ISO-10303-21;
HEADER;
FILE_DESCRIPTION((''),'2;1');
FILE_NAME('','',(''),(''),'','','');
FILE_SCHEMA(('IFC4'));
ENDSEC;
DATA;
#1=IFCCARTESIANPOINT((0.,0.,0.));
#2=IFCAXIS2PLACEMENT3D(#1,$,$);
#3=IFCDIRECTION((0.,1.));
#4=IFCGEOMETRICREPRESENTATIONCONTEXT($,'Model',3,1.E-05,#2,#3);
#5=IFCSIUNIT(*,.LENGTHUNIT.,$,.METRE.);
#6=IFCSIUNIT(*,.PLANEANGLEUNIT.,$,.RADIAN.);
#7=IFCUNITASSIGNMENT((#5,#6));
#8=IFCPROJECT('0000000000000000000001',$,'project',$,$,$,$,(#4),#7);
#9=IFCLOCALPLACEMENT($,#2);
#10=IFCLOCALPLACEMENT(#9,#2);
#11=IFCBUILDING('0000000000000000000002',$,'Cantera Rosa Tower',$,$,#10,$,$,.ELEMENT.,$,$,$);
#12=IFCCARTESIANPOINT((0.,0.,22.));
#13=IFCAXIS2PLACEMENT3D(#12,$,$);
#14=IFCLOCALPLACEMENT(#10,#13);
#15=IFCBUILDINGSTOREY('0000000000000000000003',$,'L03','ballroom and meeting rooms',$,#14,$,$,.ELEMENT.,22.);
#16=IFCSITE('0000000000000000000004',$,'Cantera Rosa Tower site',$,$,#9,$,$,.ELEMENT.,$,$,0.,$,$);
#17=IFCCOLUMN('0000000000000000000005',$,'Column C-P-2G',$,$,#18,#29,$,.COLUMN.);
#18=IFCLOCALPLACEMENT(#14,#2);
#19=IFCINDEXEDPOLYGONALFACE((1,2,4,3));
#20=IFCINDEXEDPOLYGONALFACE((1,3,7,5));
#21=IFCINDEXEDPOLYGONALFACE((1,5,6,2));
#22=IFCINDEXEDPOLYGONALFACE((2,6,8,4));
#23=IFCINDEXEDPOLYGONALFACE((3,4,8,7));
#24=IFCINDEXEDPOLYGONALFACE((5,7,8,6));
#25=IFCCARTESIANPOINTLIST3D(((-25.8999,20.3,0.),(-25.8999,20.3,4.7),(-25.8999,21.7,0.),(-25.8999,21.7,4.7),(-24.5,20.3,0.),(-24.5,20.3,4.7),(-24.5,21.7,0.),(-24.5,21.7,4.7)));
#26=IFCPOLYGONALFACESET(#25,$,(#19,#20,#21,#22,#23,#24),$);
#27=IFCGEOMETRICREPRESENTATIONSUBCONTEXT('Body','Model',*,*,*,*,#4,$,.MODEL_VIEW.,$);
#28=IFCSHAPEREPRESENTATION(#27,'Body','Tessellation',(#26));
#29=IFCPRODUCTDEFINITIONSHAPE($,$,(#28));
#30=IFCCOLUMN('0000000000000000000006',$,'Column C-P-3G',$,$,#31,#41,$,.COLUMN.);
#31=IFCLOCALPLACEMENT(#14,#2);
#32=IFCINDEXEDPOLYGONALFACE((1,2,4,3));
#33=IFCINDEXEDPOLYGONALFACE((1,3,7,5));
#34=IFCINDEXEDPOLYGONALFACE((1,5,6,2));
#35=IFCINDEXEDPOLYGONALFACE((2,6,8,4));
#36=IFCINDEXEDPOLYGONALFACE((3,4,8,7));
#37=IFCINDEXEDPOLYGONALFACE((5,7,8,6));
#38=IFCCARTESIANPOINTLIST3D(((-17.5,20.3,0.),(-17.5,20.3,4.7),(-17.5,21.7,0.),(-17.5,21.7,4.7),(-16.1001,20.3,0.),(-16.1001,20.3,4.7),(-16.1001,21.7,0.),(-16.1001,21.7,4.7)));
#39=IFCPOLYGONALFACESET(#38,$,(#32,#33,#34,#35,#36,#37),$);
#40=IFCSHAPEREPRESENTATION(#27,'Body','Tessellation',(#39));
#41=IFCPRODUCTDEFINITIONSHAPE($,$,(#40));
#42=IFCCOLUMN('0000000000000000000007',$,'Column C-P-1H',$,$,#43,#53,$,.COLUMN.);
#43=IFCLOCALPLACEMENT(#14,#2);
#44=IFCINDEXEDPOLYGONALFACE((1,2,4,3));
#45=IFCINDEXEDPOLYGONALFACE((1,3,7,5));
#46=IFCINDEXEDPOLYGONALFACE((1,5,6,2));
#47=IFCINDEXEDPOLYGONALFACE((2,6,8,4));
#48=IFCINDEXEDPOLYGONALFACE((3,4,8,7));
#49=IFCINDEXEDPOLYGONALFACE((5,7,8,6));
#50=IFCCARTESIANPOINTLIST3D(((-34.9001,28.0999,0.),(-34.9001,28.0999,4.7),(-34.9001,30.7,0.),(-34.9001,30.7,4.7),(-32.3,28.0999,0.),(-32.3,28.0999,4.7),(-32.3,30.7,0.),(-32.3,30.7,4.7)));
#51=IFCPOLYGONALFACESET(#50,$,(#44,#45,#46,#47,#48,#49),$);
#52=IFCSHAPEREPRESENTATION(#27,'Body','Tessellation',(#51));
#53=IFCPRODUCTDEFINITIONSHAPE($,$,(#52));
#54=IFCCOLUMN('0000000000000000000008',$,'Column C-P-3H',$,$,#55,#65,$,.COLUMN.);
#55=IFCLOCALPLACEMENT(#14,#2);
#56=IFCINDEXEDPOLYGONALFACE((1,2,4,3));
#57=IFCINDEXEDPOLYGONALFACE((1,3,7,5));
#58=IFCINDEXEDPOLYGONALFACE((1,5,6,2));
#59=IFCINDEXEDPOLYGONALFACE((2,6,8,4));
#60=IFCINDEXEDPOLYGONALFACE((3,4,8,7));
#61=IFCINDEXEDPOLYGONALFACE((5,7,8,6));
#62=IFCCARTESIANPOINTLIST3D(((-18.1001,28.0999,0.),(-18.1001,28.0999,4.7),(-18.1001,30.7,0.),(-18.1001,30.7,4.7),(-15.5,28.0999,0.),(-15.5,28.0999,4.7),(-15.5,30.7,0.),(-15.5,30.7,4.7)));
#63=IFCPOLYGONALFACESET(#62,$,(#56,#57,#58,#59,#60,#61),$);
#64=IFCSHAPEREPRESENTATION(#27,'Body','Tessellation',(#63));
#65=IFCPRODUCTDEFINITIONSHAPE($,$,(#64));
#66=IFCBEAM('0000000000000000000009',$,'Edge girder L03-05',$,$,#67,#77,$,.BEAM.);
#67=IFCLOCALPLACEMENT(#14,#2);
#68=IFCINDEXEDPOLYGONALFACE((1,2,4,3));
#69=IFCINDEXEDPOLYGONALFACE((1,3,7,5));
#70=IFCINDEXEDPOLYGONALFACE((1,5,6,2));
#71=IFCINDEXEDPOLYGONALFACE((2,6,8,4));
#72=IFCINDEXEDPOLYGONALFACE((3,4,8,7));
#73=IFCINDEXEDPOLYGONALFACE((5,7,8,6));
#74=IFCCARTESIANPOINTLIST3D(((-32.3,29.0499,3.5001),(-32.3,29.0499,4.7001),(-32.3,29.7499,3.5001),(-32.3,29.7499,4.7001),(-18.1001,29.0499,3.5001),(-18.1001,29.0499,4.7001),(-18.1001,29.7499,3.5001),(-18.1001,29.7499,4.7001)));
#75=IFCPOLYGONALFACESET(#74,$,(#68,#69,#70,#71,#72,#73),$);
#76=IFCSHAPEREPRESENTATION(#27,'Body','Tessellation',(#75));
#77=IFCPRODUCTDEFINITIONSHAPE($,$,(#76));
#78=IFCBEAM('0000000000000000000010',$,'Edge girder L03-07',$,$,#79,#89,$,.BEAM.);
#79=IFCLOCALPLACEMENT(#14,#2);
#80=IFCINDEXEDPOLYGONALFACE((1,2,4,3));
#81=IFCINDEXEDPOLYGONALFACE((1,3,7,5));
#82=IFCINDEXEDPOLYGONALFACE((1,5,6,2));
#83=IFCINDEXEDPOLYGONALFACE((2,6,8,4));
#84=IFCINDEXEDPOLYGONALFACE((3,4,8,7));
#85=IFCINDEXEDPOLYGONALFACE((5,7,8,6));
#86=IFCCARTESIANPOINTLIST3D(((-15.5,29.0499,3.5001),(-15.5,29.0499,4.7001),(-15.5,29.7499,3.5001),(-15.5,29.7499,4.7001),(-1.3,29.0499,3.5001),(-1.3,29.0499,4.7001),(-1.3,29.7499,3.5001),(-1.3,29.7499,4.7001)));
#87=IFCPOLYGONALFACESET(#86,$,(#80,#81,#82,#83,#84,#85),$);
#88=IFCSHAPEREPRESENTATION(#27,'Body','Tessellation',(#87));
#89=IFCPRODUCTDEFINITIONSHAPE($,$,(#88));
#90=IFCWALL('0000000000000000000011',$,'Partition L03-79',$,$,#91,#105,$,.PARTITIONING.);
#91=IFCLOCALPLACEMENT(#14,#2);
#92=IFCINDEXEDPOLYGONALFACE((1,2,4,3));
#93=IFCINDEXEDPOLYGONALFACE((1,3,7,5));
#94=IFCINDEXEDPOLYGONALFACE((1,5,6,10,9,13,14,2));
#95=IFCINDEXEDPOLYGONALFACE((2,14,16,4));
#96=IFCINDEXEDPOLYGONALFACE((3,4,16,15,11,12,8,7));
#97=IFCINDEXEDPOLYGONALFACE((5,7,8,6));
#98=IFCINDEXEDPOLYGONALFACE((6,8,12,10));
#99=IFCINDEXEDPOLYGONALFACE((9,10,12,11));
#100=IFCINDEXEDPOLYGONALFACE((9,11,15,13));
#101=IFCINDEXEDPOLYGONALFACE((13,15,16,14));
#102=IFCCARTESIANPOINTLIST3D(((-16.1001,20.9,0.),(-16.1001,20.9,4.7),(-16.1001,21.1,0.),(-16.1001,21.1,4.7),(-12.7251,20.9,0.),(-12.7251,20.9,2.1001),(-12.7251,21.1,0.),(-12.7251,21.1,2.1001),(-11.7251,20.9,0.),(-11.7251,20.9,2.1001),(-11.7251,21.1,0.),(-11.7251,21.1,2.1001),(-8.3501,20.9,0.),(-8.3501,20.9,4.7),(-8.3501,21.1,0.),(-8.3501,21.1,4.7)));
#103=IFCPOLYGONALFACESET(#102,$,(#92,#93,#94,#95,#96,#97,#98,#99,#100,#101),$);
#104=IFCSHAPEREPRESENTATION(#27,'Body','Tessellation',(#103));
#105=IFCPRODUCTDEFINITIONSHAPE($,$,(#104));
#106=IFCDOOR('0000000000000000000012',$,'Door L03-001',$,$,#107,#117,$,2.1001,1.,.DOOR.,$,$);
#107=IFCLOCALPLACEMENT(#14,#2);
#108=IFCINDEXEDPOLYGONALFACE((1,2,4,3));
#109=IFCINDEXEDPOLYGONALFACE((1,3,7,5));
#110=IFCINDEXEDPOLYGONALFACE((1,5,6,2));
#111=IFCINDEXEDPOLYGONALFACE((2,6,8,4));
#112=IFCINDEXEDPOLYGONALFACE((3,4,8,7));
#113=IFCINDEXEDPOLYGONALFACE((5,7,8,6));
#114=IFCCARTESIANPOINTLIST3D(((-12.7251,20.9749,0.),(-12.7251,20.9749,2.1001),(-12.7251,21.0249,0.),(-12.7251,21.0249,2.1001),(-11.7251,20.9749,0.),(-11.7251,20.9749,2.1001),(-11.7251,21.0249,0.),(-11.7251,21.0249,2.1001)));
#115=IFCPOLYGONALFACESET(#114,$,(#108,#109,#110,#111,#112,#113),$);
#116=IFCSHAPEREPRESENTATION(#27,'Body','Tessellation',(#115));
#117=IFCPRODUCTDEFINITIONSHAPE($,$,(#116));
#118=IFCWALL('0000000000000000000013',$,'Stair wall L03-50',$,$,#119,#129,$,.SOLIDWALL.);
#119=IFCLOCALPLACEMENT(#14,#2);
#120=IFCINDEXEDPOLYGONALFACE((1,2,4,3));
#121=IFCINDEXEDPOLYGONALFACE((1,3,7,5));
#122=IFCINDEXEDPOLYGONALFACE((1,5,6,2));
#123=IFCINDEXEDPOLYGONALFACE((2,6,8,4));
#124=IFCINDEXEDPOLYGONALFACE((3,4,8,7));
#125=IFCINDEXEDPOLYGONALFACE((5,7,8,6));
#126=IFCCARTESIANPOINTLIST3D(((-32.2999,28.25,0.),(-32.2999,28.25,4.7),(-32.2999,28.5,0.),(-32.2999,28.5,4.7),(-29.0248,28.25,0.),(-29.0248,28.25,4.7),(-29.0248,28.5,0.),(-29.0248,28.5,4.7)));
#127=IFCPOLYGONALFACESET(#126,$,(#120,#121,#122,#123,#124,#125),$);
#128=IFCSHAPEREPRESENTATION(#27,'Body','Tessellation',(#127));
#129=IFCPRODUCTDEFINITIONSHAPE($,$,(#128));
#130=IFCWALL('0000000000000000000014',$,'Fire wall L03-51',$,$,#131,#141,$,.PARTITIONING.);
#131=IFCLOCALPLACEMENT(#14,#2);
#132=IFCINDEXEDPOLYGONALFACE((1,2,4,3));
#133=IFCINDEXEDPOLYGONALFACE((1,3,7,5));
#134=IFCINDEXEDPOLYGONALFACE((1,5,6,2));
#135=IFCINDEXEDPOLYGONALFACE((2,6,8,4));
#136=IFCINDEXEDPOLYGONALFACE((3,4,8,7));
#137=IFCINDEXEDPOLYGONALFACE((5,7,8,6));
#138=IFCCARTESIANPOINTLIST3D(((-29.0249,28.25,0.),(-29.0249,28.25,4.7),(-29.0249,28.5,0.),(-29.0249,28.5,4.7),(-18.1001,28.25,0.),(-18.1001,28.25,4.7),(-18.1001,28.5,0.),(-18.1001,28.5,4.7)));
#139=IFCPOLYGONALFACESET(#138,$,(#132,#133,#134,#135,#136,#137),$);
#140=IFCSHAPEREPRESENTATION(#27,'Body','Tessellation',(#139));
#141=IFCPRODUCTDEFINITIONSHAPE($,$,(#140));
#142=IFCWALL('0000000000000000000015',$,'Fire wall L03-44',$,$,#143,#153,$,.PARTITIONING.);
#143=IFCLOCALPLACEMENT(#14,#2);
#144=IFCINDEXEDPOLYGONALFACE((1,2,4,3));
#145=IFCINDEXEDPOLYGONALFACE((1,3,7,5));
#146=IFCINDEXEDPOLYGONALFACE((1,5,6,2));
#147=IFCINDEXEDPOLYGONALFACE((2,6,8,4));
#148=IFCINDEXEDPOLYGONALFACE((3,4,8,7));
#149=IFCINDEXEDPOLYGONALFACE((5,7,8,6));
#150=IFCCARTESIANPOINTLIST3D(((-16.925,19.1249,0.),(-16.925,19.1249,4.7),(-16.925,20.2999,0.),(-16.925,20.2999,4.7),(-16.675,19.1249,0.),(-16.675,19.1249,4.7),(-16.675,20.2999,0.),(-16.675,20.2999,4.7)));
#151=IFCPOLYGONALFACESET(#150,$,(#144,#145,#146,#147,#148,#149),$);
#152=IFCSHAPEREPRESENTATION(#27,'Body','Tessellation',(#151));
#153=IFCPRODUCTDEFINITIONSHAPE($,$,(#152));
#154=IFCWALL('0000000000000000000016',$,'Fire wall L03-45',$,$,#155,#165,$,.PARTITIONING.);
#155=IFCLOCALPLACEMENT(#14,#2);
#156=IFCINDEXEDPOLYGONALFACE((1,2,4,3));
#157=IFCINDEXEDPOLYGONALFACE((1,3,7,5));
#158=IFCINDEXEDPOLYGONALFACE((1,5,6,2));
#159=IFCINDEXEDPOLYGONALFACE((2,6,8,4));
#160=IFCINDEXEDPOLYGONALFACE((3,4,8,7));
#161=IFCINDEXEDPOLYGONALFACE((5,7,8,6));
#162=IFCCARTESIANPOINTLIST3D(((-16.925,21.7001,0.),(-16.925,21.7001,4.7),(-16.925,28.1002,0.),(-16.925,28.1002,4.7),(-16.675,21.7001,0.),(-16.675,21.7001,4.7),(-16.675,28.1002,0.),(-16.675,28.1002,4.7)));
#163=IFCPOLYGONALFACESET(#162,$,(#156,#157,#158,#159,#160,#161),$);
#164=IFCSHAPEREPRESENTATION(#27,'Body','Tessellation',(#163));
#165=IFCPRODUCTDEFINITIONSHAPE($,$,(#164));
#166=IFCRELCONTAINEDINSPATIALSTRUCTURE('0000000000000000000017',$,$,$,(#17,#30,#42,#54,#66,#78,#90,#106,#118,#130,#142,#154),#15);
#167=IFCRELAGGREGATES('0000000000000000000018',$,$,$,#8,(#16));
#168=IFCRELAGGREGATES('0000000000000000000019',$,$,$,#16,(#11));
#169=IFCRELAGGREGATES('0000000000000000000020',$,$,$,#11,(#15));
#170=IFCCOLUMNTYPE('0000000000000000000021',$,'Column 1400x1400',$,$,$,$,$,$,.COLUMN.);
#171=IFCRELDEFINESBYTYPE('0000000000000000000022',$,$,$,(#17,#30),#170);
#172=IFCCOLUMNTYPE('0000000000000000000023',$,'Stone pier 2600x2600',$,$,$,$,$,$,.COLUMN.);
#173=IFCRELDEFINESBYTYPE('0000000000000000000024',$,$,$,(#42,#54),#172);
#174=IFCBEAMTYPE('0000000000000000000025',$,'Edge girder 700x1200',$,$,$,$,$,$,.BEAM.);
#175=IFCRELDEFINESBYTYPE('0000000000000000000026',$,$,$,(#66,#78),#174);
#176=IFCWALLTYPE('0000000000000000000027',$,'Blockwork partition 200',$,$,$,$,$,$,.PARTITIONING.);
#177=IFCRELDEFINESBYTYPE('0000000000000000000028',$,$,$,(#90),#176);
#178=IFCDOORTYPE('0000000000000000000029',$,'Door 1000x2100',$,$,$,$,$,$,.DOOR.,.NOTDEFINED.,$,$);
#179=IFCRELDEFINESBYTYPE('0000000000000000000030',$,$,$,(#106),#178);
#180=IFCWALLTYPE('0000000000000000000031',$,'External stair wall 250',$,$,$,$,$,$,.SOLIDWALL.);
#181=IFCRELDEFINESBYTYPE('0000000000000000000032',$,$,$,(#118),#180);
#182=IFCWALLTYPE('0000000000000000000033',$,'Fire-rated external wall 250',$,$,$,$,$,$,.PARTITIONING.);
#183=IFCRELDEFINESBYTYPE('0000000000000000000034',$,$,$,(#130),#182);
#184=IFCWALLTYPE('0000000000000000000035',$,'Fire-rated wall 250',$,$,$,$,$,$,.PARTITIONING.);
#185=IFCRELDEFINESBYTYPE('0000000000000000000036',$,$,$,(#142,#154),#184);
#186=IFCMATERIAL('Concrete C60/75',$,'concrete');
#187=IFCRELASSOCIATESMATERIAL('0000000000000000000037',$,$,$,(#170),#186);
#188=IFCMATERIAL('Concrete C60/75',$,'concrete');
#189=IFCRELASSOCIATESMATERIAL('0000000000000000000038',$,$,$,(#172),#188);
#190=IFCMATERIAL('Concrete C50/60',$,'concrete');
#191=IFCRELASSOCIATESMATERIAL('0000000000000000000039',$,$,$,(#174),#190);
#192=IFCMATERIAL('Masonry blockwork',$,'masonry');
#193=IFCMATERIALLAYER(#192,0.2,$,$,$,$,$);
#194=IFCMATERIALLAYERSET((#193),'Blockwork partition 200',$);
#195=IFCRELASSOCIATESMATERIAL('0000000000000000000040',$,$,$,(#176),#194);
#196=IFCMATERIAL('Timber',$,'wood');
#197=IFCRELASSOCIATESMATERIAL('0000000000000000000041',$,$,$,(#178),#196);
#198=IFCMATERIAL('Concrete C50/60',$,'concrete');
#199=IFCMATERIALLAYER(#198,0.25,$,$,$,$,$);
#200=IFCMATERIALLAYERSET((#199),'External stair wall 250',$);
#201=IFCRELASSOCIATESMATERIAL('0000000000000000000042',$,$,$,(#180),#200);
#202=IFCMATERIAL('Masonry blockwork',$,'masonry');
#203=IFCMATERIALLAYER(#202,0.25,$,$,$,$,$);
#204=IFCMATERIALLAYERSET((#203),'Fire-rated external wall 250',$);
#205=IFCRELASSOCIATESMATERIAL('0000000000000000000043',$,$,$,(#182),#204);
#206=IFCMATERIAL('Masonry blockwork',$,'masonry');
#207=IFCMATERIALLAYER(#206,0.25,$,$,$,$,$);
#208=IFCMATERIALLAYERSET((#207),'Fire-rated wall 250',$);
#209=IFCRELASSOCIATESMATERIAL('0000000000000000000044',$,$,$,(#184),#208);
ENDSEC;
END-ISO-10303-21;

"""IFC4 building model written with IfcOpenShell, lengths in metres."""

from ifc_helpers import new_model, si_unit, direction, frame, frame_2d, origin, origin_2d, place, context, subcontext, project, spatial, rectangle, extrude, material, layer, layer_set, material_profile, profile_set, type_object, element, fill, save


model = new_model("IFC4")

# Units and contexts
model_context = context("Model", 3, precision=1e-05, world=origin(), true_north=direction((0.0, 1.0)))
body_context = subcontext(model_context, "Body", "Model", "MODEL_VIEW")
ifc_project = project(units=[si_unit("LENGTHUNIT", "METRE"), si_unit("PLANEANGLEUNIT", "RADIAN")], contexts=[model_context])

# Site, building, storey
site_placement = place(None, origin())
site = spatial("IfcSite", under=ifc_project, at=site_placement, Name="Cantera Rosa Tower site", CompositionType="ELEMENT", RefElevation=0.0)
building_placement = place(site_placement, origin())
building = spatial("IfcBuilding", under=site, at=building_placement, Name="Cantera Rosa Tower", CompositionType="ELEMENT")
storey_placement = place(building_placement, frame((0.0, 0.0, 22.0)))
storey = spatial("IfcBuildingStorey", under=building, at=storey_placement, Name="L03", Description="ballroom and meeting rooms", CompositionType="ELEMENT", Elevation=22.0)

# Columns
ifc_material_1 = material(Name="Concrete C60/75", Category="concrete")
ifc_material_profile_1 = material_profile(ifc_material_1, rectangle(XDim=1.3999, YDim=1.3999, at=origin_2d()), Name="Column 1400x1400")
ifc_profile_set_1 = profile_set([ifc_material_profile_1], Name="Concrete C60/75")
column_type_1 = type_object("IfcColumnType", Name="Column 1400x1400", PredefinedType="COLUMN", material=ifc_profile_set_1)
for number, where, z_axis, x_axis, name in (
    (1, (-25.2, 21.0, 0.0), (0.0, 0.0, 1.0), (1.0, 0.0, 0.0), "Column C-P-2G"),
    (2, (-16.8, 21.0, 0.0), (0.0, 0.0, 1.0), (1.0, 0.0, 0.0), "Column C-P-3G"),
):
    element("IfcColumn", number, at=place(storey_placement, frame(where, z_axis=z_axis, x_axis=x_axis)), inside=storey, type_object=column_type_1, Name=name, PredefinedType="COLUMN", context=body_context, shape_type="SweptSolid", body=[
        extrude(rectangle(XDim=1.3999, YDim=1.3999, at=origin_2d()), origin(), (0.0, 0.0, 1.0), 4.7),
    ])
ifc_material_2 = material(Name="Concrete C60/75", Category="concrete")
ifc_material_profile_2 = material_profile(ifc_material_2, rectangle(XDim=2.6001, YDim=2.6001, at=origin_2d()), Name="Stone pier 2600x2600")
ifc_profile_set_2 = profile_set([ifc_material_profile_2], Name="Concrete C60/75")
column_type_2 = type_object("IfcColumnType", Name="Stone pier 2600x2600", PredefinedType="COLUMN", material=ifc_profile_set_2)
for number, where, z_axis, x_axis, name in (
    (3, (-33.6001, 29.3999, 0.0), (0.0, 0.0, 1.0), (1.0, 0.0, 0.0), "Column C-P-1H"),
    (4, (-16.8, 29.3999, 0.0), (0.0, 0.0, 1.0), (1.0, 0.0, 0.0), "Column C-P-3H"),
):
    element("IfcColumn", number, at=place(storey_placement, frame(where, z_axis=z_axis, x_axis=x_axis)), inside=storey, type_object=column_type_2, Name=name, PredefinedType="COLUMN", context=body_context, shape_type="SweptSolid", body=[
        extrude(rectangle(XDim=2.6001, YDim=2.6001, at=origin_2d()), origin(), (0.0, 0.0, 1.0), 4.7),
    ])

# Beams
ifc_material_3 = material(Name="Concrete C50/60", Category="concrete")
ifc_material_profile_3 = material_profile(ifc_material_3, rectangle(XDim=0.7, YDim=1.2, at=origin_2d()), Name="Edge girder 700x1200")
ifc_profile_set_3 = profile_set([ifc_material_profile_3], Name="Concrete C50/60")
beam_type = type_object("IfcBeamType", Name="Edge girder 700x1200", PredefinedType="BEAM", material=ifc_profile_set_3)
for number, where, z_axis, x_axis, name in (
    (5, (-32.3, 29.3999, 4.1001), (1.0, 0.0, 0.0), (0.0, 1.0, 0.0), "Edge girder L03-05"),
    (6, (-15.5, 29.3999, 4.1001), (1.0, 0.0, 0.0), (0.0, 1.0, 0.0), "Edge girder L03-07"),
):
    element("IfcBeam", number, at=place(storey_placement, frame(where, z_axis=z_axis, x_axis=x_axis)), inside=storey, type_object=beam_type, Name=name, PredefinedType="BEAM", context=body_context, shape_type="SweptSolid", body=[
        extrude(rectangle(XDim=0.7, YDim=1.2, at=origin_2d()), origin(), (0.0, 0.0, 1.0), 14.2),
    ])

# Wall, opening, door
ifc_material_4 = material(Name="Masonry blockwork", Category="masonry")
ifc_layer_1 = layer(ifc_material_4, 0.2)
ifc_layer_set_1 = layer_set([ifc_layer_1], Name="Blockwork partition 200")
wall_type_1 = type_object("IfcWallType", Name="Blockwork partition 200", PredefinedType="PARTITIONING", material=ifc_layer_set_1)
wall_1_placement = place(storey_placement, frame((-16.1001, 21.0, 0.0), z_axis=(0.0, 0.0, 1.0), x_axis=(1.0, 0.0, 0.0)))
wall_1 = element("IfcWall", 7, at=wall_1_placement, inside=storey, type_object=wall_type_1, Name="Partition L03-79", PredefinedType="PARTITIONING", context=body_context, shape_type="SweptSolid", body=[
    extrude(rectangle(XDim=7.75, YDim=0.2, at=frame_2d((3.875, 0.0))), origin(), (0.0, 0.0, 1.0), 4.7),
])
opening_1_placement = place(wall_1_placement, frame((3.375, 0.0, 0.0)))
opening_1 = element("IfcOpeningElement", 8, at=opening_1_placement, cuts=wall_1, PredefinedType="OPENING", context=body_context, shape_type="SweptSolid", body=[
    extrude(rectangle(XDim=1.0, YDim=2.1001, at=frame_2d((0.5, 1.05))), frame((0.0, 0.1099, 0.0), z_axis=(0.0, -1.0, 0.0), x_axis=(1.0, 0.0, 0.0)), (0.0, 0.0, 1.0), 0.22),
])
ifc_material_5 = material(Name="Timber", Category="wood")
door_type_1 = type_object("IfcDoorType", Name="Door 1000x2100", OperationType="NOTDEFINED", PredefinedType="DOOR", material=ifc_material_5)
door_1_placement = place(opening_1_placement, origin())
door_1 = element("IfcDoor", 9, at=door_1_placement, inside=storey, type_object=door_type_1, Name="Door L03-001", OverallHeight=2.1001, OverallWidth=1.0, PredefinedType="DOOR", context=body_context, shape_type="SweptSolid", body=[
    extrude(rectangle(XDim=1.0, YDim=2.1001, at=frame_2d((0.5, 1.05))), frame((0.0, 0.0249, 0.0), z_axis=(0.0, -1.0, 0.0), x_axis=(1.0, 0.0, 0.0)), (0.0, 0.0, 1.0), 0.05),
])
fill(opening_1, door_1)

# Walls
ifc_material_6 = material(Name="Concrete C50/60", Category="concrete")
ifc_layer_2 = layer(ifc_material_6, 0.25)
ifc_layer_set_2 = layer_set([ifc_layer_2], Name="External stair wall 250")
wall_type_2 = type_object("IfcWallType", Name="External stair wall 250", PredefinedType="SOLIDWALL", material=ifc_layer_set_2)
wall_2_placement = place(storey_placement, frame((-32.3, 28.375, 0.0), z_axis=(0.0, 0.0, 1.0), x_axis=(1.0, 0.0, 0.0)))
element("IfcWall", 10, at=wall_2_placement, inside=storey, type_object=wall_type_2, Name="Stair wall L03-50", PredefinedType="SOLIDWALL", context=body_context, shape_type="SweptSolid", body=[
    extrude(rectangle(XDim=3.2751, YDim=0.25, at=frame_2d((1.6377, 0.0))), origin(), (0.0, 0.0, 1.0), 4.7),
])
ifc_material_7 = material(Name="Masonry blockwork", Category="masonry")
ifc_layer_3 = layer(ifc_material_7, 0.25)
ifc_layer_set_3 = layer_set([ifc_layer_3], Name="Fire-rated external wall 250")
wall_type_3 = type_object("IfcWallType", Name="Fire-rated external wall 250", PredefinedType="PARTITIONING", material=ifc_layer_set_3)
wall_3_placement = place(storey_placement, frame((-29.0249, 28.375, 0.0), z_axis=(0.0, 0.0, 1.0), x_axis=(1.0, 0.0, 0.0)))
element("IfcWall", 11, at=wall_3_placement, inside=storey, type_object=wall_type_3, Name="Fire wall L03-51", PredefinedType="PARTITIONING", context=body_context, shape_type="SweptSolid", body=[
    extrude(rectangle(XDim=10.9248, YDim=0.25, at=frame_2d((5.4624, 0.0))), origin(), (0.0, 0.0, 1.0), 4.7),
])
ifc_material_8 = material(Name="Masonry blockwork", Category="masonry")
ifc_layer_4 = layer(ifc_material_8, 0.25)
ifc_layer_set_4 = layer_set([ifc_layer_4], Name="Fire-rated wall 250")
wall_type_4 = type_object("IfcWallType", Name="Fire-rated wall 250", PredefinedType="PARTITIONING", material=ifc_layer_set_4)
wall_4_placement = place(storey_placement, frame((-16.8, 19.125, 0.0), z_axis=(0.0, 0.0, 1.0), x_axis=(0.0, 1.0, 0.0)))
element("IfcWall", 12, at=wall_4_placement, inside=storey, type_object=wall_type_4, Name="Fire wall L03-44", PredefinedType="PARTITIONING", context=body_context, shape_type="SweptSolid", body=[
    extrude(rectangle(XDim=1.175, YDim=0.25, at=frame_2d((0.5874, 0.0))), origin(), (0.0, 0.0, 1.0), 4.7),
])
wall_5_placement = place(storey_placement, frame((-16.8, 21.7, 0.0), z_axis=(0.0, 0.0, 1.0), x_axis=(0.0, 1.0, 0.0)))
element("IfcWall", 13, at=wall_5_placement, inside=storey, type_object=wall_type_4, Name="Fire wall L03-45", PredefinedType="PARTITIONING", context=body_context, shape_type="SweptSolid", body=[
    extrude(rectangle(XDim=6.4001, YDim=0.25, at=frame_2d((3.2002, 0.0))), origin(), (0.0, 0.0, 1.0), 4.7),
])

save(model, "model.ifc")
